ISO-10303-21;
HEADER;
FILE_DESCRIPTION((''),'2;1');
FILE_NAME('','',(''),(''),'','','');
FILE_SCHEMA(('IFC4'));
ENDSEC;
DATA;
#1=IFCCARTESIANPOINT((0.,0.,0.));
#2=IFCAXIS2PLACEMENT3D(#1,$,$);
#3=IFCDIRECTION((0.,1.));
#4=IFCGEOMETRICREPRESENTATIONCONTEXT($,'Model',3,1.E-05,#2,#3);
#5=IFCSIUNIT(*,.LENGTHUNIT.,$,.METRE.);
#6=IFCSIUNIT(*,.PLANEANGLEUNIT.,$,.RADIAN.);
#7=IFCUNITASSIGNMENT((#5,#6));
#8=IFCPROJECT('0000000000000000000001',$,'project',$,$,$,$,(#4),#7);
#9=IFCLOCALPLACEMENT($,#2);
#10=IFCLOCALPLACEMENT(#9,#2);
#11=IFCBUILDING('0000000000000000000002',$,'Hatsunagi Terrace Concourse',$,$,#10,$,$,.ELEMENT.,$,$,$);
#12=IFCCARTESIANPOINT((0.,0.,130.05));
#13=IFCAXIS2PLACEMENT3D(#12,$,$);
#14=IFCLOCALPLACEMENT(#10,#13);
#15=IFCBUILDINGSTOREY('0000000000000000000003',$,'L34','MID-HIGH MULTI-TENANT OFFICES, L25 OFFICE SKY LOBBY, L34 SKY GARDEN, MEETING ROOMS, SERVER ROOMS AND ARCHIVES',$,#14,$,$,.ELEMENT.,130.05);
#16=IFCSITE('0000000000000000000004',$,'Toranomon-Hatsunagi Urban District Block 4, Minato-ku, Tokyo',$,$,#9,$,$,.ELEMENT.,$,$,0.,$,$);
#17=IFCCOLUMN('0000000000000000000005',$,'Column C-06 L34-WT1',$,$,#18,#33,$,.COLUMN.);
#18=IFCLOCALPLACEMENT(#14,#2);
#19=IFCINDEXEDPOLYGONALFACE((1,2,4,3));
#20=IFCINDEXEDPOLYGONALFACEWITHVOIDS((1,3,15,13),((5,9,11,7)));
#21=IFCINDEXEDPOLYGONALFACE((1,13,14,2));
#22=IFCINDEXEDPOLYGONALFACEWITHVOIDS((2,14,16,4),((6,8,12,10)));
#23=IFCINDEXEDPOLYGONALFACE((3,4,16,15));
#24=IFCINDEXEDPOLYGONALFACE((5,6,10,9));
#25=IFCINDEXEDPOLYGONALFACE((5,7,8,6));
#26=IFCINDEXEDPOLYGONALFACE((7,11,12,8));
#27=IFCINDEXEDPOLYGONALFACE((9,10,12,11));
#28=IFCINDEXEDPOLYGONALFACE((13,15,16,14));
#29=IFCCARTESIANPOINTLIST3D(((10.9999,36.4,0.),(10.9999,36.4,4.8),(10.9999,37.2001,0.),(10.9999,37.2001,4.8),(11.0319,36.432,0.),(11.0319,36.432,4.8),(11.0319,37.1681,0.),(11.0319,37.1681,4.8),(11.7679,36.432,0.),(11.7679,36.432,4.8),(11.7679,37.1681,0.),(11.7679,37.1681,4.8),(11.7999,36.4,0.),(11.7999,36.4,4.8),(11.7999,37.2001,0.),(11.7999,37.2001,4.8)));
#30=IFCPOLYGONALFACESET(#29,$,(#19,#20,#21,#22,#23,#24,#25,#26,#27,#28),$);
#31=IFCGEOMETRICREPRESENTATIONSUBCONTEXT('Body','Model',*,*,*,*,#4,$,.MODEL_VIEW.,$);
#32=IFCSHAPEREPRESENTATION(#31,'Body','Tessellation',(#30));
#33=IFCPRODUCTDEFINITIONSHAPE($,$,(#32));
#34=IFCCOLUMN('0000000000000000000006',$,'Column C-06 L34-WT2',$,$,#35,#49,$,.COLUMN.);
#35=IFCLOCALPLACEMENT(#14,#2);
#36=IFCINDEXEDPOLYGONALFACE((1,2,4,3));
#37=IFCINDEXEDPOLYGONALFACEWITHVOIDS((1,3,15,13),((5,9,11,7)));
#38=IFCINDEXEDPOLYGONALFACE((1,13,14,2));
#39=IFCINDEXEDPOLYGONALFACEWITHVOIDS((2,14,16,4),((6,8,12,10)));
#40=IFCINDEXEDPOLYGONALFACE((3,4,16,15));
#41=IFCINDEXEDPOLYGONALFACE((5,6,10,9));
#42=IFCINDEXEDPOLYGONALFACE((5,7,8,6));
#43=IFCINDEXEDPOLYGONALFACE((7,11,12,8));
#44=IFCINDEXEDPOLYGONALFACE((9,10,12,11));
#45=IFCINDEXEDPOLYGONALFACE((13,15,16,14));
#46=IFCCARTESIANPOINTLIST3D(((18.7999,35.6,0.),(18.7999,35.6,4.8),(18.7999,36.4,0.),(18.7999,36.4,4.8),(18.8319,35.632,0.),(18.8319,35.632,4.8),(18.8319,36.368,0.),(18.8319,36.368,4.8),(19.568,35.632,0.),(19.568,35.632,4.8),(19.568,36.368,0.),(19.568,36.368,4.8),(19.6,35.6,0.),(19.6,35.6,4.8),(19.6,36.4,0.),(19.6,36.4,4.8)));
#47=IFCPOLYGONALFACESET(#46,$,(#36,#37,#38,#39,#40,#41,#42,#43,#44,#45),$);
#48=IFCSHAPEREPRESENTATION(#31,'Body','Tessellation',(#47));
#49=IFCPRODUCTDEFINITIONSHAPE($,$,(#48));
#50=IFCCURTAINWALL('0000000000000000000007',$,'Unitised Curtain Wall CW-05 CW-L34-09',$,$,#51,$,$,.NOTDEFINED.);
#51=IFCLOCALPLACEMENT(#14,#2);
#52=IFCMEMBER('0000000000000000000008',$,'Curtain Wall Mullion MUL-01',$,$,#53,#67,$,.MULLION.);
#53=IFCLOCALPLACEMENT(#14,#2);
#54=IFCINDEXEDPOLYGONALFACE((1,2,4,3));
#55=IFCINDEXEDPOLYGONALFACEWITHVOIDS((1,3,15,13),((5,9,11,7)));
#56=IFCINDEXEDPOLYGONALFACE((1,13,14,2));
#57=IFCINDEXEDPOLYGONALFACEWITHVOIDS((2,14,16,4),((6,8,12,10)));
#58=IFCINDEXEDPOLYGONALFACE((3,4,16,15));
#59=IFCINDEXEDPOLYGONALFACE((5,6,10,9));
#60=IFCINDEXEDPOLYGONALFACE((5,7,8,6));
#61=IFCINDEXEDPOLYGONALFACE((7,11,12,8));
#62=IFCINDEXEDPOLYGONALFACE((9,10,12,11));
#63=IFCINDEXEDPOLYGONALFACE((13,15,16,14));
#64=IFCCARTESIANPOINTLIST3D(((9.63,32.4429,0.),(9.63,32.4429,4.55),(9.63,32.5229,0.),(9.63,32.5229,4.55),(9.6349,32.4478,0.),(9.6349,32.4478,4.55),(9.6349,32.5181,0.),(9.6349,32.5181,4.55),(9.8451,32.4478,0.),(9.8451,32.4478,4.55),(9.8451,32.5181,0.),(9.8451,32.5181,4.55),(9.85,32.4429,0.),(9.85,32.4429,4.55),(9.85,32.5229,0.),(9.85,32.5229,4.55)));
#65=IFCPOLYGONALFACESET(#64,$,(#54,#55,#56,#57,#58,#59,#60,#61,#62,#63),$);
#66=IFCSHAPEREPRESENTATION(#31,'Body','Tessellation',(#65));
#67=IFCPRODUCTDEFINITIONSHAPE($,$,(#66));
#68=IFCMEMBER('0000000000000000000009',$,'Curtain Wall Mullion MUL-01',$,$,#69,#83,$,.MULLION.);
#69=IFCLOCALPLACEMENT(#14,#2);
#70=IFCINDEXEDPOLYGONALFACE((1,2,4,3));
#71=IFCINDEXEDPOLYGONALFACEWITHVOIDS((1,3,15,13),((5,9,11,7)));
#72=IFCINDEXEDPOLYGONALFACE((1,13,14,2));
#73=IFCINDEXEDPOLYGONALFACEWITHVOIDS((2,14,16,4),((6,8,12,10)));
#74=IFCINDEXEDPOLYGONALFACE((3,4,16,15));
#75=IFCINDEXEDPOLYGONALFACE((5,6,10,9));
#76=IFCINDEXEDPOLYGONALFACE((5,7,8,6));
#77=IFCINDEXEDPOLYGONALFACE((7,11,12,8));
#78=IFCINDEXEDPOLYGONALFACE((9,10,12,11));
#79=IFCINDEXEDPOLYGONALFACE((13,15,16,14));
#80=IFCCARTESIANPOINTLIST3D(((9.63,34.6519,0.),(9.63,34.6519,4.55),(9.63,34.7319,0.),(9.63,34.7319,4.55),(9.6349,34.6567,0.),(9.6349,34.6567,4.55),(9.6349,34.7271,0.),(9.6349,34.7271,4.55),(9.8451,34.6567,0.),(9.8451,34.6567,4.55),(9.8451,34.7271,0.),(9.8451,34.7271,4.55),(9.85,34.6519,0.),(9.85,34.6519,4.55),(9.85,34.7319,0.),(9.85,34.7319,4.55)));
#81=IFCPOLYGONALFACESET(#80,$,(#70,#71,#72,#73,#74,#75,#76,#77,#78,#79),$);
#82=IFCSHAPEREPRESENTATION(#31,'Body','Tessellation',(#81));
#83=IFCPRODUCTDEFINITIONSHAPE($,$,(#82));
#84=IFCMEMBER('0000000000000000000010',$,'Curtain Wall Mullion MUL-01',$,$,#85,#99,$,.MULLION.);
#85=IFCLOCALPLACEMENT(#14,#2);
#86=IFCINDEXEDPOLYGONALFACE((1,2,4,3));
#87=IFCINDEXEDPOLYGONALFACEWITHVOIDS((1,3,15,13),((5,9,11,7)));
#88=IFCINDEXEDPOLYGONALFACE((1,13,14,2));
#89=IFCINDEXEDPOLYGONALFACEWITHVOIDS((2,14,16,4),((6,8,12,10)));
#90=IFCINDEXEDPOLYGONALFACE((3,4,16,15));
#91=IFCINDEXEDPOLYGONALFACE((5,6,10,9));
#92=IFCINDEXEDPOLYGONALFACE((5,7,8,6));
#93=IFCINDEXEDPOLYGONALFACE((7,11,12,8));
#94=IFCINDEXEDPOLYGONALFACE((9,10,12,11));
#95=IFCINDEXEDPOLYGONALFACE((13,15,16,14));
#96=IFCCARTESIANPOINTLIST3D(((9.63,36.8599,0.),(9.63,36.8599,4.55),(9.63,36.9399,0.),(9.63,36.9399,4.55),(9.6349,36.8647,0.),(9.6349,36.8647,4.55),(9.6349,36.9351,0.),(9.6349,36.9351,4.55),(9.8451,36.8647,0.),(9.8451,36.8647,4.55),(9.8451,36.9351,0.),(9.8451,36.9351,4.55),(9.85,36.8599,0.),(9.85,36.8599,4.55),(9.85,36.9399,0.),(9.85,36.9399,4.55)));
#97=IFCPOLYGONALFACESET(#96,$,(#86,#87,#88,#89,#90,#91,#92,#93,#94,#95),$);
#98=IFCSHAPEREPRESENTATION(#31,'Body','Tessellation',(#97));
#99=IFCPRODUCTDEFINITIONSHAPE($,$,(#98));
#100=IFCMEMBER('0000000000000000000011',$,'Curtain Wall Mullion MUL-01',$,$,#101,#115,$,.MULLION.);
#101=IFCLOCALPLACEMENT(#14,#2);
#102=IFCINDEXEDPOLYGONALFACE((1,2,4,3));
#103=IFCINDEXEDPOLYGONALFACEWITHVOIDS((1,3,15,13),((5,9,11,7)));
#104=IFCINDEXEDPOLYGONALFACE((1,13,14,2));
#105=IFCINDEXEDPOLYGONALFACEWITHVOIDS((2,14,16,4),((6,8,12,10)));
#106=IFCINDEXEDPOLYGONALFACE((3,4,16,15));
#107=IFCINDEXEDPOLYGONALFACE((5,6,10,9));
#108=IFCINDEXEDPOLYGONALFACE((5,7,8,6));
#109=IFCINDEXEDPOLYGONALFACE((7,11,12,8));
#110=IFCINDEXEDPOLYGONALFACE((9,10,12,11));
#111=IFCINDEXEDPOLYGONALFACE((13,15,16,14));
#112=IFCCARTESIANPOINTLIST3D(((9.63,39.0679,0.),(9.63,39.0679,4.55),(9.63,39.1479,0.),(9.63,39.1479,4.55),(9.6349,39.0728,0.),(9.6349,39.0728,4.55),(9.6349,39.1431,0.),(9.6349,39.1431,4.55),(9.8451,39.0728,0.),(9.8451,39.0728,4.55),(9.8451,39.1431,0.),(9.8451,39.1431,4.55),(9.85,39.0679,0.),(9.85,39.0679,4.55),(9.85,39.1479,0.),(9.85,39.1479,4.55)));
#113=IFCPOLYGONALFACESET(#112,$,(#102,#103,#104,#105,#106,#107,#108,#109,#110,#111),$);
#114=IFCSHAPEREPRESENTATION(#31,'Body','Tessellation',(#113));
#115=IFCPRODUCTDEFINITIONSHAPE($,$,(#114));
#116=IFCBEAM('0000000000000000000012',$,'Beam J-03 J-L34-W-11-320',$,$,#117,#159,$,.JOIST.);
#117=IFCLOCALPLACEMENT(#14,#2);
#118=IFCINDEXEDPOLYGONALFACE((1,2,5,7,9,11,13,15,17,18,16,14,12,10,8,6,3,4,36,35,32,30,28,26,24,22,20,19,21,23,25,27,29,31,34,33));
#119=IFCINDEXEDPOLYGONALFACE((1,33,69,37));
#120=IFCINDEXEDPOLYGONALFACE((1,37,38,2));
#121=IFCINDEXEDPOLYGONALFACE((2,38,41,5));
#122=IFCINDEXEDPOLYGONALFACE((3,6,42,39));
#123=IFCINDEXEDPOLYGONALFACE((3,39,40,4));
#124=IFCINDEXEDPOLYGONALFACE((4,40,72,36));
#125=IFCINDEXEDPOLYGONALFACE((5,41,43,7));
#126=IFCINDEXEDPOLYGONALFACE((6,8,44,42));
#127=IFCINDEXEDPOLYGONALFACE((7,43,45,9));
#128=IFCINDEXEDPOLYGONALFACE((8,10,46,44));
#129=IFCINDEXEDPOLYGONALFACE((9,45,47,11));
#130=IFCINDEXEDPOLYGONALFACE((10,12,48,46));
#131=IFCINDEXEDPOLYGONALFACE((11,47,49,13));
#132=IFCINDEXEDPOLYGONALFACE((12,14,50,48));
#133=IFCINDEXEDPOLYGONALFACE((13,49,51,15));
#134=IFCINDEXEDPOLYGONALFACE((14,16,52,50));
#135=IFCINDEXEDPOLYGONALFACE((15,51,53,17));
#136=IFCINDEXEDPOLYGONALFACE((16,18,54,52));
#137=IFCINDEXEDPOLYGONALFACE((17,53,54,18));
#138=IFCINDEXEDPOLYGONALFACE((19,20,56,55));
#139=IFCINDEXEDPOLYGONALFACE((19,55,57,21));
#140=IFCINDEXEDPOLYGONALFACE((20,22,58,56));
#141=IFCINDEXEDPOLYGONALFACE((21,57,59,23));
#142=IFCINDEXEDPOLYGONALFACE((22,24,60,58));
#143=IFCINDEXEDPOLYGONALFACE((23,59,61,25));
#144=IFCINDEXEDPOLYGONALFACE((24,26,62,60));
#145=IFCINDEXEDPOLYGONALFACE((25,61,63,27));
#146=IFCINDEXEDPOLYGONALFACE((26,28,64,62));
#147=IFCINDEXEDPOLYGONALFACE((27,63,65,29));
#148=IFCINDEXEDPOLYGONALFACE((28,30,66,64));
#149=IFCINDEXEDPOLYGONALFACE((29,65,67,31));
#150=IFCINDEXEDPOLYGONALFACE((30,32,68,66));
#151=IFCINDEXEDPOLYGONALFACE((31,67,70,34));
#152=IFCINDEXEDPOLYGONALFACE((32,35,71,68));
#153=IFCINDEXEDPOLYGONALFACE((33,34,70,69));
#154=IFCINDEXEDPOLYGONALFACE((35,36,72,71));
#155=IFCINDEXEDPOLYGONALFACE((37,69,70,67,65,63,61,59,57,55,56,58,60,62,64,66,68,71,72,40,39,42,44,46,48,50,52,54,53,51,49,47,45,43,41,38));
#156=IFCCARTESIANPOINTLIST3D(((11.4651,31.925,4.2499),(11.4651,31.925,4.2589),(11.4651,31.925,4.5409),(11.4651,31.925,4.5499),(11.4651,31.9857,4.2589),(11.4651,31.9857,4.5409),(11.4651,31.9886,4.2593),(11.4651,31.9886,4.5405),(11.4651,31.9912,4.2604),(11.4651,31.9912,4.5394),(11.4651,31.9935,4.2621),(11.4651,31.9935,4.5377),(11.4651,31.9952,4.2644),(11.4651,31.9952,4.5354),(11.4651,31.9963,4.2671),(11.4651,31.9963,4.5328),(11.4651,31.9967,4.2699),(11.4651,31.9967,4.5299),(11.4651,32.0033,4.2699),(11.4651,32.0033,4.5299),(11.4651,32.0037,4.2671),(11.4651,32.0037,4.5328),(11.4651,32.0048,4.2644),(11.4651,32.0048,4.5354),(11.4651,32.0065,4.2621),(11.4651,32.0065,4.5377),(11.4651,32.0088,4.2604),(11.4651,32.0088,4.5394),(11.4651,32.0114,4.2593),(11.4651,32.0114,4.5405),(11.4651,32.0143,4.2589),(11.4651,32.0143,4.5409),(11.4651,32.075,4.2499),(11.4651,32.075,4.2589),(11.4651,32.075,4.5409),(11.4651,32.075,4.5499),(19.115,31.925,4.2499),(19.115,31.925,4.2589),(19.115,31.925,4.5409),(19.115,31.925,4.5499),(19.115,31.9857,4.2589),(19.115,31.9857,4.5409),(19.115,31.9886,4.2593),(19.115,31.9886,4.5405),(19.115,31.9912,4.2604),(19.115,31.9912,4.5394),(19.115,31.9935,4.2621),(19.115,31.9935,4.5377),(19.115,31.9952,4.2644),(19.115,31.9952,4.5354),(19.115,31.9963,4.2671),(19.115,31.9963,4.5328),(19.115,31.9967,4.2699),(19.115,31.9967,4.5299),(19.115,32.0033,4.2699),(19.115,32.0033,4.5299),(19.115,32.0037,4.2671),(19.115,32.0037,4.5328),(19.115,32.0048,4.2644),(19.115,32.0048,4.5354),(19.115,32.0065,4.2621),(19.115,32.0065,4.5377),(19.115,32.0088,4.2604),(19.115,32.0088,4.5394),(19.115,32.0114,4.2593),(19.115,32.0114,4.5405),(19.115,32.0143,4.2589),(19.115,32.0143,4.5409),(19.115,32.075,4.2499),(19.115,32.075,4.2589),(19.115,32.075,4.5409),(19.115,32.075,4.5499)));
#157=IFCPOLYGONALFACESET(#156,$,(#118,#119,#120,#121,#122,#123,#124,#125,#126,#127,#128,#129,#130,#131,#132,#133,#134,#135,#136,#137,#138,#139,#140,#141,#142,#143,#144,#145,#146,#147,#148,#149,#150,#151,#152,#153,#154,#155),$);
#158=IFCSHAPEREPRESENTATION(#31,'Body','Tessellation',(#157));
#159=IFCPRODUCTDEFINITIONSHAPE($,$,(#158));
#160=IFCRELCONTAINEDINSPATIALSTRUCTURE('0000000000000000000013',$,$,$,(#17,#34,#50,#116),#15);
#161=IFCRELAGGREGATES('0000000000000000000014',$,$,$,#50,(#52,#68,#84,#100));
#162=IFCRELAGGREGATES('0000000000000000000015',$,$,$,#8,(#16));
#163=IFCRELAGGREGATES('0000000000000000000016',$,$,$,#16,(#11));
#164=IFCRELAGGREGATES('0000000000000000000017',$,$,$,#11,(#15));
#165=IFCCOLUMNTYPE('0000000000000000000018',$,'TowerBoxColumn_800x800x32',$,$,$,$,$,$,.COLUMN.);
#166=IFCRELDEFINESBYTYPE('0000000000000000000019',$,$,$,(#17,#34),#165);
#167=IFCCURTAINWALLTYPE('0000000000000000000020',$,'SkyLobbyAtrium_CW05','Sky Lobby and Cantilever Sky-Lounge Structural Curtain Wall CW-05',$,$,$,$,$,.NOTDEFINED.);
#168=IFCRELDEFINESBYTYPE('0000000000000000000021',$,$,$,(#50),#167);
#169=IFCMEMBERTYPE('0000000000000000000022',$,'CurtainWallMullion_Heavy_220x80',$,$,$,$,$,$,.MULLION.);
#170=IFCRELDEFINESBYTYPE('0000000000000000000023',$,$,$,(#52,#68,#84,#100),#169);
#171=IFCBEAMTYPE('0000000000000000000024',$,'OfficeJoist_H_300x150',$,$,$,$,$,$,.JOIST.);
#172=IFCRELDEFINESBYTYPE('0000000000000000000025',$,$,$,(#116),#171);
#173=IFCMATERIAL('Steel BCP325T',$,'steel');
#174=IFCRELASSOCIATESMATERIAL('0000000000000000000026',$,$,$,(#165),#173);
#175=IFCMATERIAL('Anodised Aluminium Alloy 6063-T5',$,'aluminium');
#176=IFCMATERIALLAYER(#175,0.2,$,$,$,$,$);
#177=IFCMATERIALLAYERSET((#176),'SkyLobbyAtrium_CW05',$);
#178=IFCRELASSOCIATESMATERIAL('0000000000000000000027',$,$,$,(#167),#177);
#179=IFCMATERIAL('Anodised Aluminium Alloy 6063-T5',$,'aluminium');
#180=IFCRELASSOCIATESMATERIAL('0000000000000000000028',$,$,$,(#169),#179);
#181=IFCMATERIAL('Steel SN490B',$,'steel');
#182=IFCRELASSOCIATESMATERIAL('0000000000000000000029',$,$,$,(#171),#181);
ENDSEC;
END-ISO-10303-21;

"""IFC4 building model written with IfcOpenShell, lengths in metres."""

from ifc_helpers import new_model, si_unit, direction, frame, origin, origin_2d, place, context, subcontext, project, spatial, hollow_rectangle, i_section, extrude, material, layer, layer_set, material_profile, profile_set, type_object, element, aggregate, save


model = new_model("IFC4")

# Units and contexts
model_context = context("Model", 3, precision=1e-05, world=origin(), true_north=direction((0.0, 1.0)))
body_context = subcontext(model_context, "Body", "Model", "MODEL_VIEW")
ifc_project = project(units=[si_unit("LENGTHUNIT", "METRE"), si_unit("PLANEANGLEUNIT", "RADIAN")], contexts=[model_context])

# Site, building, storey
site_placement = place(None, origin())
site = spatial("IfcSite", under=ifc_project, at=site_placement, Name="Toranomon-Hatsunagi Urban District Block 4, Minato-ku, Tokyo", CompositionType="ELEMENT", RefElevation=0.0)
building_placement = place(site_placement, origin())
building = spatial("IfcBuilding", under=site, at=building_placement, Name="Hatsunagi Terrace Concourse", CompositionType="ELEMENT")
storey_placement = place(building_placement, frame((0.0, 0.0, 130.05)))
storey = spatial("IfcBuildingStorey", under=building, at=storey_placement, Name="L34", Description="MID-HIGH MULTI-TENANT OFFICES, L25 OFFICE SKY LOBBY, L34 SKY GARDEN, MEETING ROOMS, SERVER ROOMS AND ARCHIVES", CompositionType="ELEMENT", Elevation=130.05)

# Columns
ifc_material_1 = material(Name="Steel BCP325T", Category="steel")
ifc_material_profile_1 = material_profile(ifc_material_1, hollow_rectangle(XDim=0.8, YDim=0.8, WallThickness=0.032, at=origin_2d()), Name="BCP-800x800x32")
ifc_profile_set_1 = profile_set([ifc_material_profile_1], Name="Steel BCP325T")
column_type = type_object("IfcColumnType", Name="TowerBoxColumn_800x800x32", PredefinedType="COLUMN", material=ifc_profile_set_1)
for number, where, z_axis, x_axis, name in (
    (1, (11.3999, 36.8, 0.0), (0.0, 0.0, 1.0), (1.0, 0.0, 0.0), "Column C-06 L34-WT1"),
    (2, (19.2, 36.0, 0.0), (0.0, 0.0, 1.0), (1.0, 0.0, 0.0), "Column C-06 L34-WT2"),
):
    element("IfcColumn", number, at=place(storey_placement, frame(where, z_axis=z_axis, x_axis=x_axis)), inside=storey, type_object=column_type, Name=name, PredefinedType="COLUMN", context=body_context, shape_type="SweptSolid", body=[
        extrude(hollow_rectangle(XDim=0.8, YDim=0.8, WallThickness=0.032, at=origin_2d()), origin(), (0.0, 0.0, 1.0), 4.8),
    ])

# Curtain wall, members
ifc_material_2 = material(Name="Anodised Aluminium Alloy 6063-T5", Category="aluminium")
ifc_layer_1 = layer(ifc_material_2, 0.2)
ifc_layer_set_1 = layer_set([ifc_layer_1], Name="SkyLobbyAtrium_CW05")
curtain_wall_type = type_object("IfcCurtainWallType", Name="SkyLobbyAtrium_CW05", Description="Sky Lobby and Cantilever Sky-Lounge Structural Curtain Wall CW-05", PredefinedType="NOTDEFINED", material=ifc_layer_set_1)
curtain_wall_placement = place(storey_placement, origin())
curtain_wall = element("IfcCurtainWall", 3, at=curtain_wall_placement, inside=storey, type_object=curtain_wall_type, Name="Unitised Curtain Wall CW-05 CW-L34-09", PredefinedType="NOTDEFINED")
ifc_material_3 = material(Name="Anodised Aluminium Alloy 6063-T5", Category="aluminium")
ifc_material_profile_2 = material_profile(ifc_material_3, hollow_rectangle(XDim=0.0801, YDim=0.22, WallThickness=0.0049, at=origin_2d()), Name="ALU-MUL-220x80x5")
ifc_profile_set_2 = profile_set([ifc_material_profile_2], Name="Anodised Aluminium Alloy 6063-T5")
member_type = type_object("IfcMemberType", Name="CurtainWallMullion_Heavy_220x80", PredefinedType="MULLION", material=ifc_profile_set_2)
member_1_placement = place(storey_placement, frame((9.74, 32.4829, 0.0), z_axis=(0.0, 0.0, 1.0), x_axis=(0.0, 1.0, 0.0)))
member_1 = element("IfcMember", 4, at=member_1_placement, type_object=member_type, Name="Curtain Wall Mullion MUL-01", PredefinedType="MULLION", context=body_context, shape_type="SweptSolid", body=[
    extrude(hollow_rectangle(XDim=0.0801, YDim=0.22, WallThickness=0.0049, at=origin_2d()), origin(), (0.0, 0.0, 1.0), 4.55),
])
member_2_placement = place(storey_placement, frame((9.74, 34.6919, 0.0), z_axis=(0.0, 0.0, 1.0), x_axis=(0.0, 1.0, 0.0)))
member_2 = element("IfcMember", 5, at=member_2_placement, type_object=member_type, Name="Curtain Wall Mullion MUL-01", PredefinedType="MULLION", context=body_context, shape_type="SweptSolid", body=[
    extrude(hollow_rectangle(XDim=0.0801, YDim=0.22, WallThickness=0.0049, at=origin_2d()), origin(), (0.0, 0.0, 1.0), 4.55),
])
member_3_placement = place(storey_placement, frame((9.74, 36.8999, 0.0), z_axis=(0.0, 0.0, 1.0), x_axis=(0.0, 1.0, 0.0)))
member_3 = element("IfcMember", 6, at=member_3_placement, type_object=member_type, Name="Curtain Wall Mullion MUL-01", PredefinedType="MULLION", context=body_context, shape_type="SweptSolid", body=[
    extrude(hollow_rectangle(XDim=0.0801, YDim=0.22, WallThickness=0.0049, at=origin_2d()), origin(), (0.0, 0.0, 1.0), 4.55),
])
member_4_placement = place(storey_placement, frame((9.74, 39.1079, 0.0), z_axis=(0.0, 0.0, 1.0), x_axis=(0.0, 1.0, 0.0)))
member_4 = element("IfcMember", 7, at=member_4_placement, type_object=member_type, Name="Curtain Wall Mullion MUL-01", PredefinedType="MULLION", context=body_context, shape_type="SweptSolid", body=[
    extrude(hollow_rectangle(XDim=0.0801, YDim=0.22, WallThickness=0.0049, at=origin_2d()), origin(), (0.0, 0.0, 1.0), 4.55),
])

# Beam
ifc_material_4 = material(Name="Steel SN490B", Category="steel")
ifc_material_profile_3 = material_profile(ifc_material_4, i_section(OverallWidth=0.1499, OverallDepth=0.3, WebThickness=0.0066, FlangeThickness=0.009, FilletRadius=0.011, at=origin_2d()), Name="H-300x150x6.5x9")
ifc_profile_set_3 = profile_set([ifc_material_profile_3], Name="Steel SN490B")
beam_type_1 = type_object("IfcBeamType", Name="OfficeJoist_H_300x150", PredefinedType="JOIST", material=ifc_profile_set_3)
for number, where, z_axis, x_axis, name in (
    (8, (11.4651, 32.0, 4.3999), (1.0, 0.0, 0.0), (0.0, 1.0, 0.0), "Beam J-03 J-L34-W-11-320"),
):
    element("IfcBeam", number, at=place(storey_placement, frame(where, z_axis=z_axis, x_axis=x_axis)), inside=storey, type_object=beam_type_1, Name=name, PredefinedType="JOIST", context=body_context, shape_type="SweptSolid", body=[
        extrude(i_section(OverallWidth=0.1499, OverallDepth=0.3, WebThickness=0.0066, FlangeThickness=0.009, FilletRadius=0.011, at=origin_2d()), origin(), (0.0, 0.0, 1.0), 7.6499),
    ])

aggregate(curtain_wall, [member_1, member_2, member_3, member_4])

save(model, "model.ifc")
